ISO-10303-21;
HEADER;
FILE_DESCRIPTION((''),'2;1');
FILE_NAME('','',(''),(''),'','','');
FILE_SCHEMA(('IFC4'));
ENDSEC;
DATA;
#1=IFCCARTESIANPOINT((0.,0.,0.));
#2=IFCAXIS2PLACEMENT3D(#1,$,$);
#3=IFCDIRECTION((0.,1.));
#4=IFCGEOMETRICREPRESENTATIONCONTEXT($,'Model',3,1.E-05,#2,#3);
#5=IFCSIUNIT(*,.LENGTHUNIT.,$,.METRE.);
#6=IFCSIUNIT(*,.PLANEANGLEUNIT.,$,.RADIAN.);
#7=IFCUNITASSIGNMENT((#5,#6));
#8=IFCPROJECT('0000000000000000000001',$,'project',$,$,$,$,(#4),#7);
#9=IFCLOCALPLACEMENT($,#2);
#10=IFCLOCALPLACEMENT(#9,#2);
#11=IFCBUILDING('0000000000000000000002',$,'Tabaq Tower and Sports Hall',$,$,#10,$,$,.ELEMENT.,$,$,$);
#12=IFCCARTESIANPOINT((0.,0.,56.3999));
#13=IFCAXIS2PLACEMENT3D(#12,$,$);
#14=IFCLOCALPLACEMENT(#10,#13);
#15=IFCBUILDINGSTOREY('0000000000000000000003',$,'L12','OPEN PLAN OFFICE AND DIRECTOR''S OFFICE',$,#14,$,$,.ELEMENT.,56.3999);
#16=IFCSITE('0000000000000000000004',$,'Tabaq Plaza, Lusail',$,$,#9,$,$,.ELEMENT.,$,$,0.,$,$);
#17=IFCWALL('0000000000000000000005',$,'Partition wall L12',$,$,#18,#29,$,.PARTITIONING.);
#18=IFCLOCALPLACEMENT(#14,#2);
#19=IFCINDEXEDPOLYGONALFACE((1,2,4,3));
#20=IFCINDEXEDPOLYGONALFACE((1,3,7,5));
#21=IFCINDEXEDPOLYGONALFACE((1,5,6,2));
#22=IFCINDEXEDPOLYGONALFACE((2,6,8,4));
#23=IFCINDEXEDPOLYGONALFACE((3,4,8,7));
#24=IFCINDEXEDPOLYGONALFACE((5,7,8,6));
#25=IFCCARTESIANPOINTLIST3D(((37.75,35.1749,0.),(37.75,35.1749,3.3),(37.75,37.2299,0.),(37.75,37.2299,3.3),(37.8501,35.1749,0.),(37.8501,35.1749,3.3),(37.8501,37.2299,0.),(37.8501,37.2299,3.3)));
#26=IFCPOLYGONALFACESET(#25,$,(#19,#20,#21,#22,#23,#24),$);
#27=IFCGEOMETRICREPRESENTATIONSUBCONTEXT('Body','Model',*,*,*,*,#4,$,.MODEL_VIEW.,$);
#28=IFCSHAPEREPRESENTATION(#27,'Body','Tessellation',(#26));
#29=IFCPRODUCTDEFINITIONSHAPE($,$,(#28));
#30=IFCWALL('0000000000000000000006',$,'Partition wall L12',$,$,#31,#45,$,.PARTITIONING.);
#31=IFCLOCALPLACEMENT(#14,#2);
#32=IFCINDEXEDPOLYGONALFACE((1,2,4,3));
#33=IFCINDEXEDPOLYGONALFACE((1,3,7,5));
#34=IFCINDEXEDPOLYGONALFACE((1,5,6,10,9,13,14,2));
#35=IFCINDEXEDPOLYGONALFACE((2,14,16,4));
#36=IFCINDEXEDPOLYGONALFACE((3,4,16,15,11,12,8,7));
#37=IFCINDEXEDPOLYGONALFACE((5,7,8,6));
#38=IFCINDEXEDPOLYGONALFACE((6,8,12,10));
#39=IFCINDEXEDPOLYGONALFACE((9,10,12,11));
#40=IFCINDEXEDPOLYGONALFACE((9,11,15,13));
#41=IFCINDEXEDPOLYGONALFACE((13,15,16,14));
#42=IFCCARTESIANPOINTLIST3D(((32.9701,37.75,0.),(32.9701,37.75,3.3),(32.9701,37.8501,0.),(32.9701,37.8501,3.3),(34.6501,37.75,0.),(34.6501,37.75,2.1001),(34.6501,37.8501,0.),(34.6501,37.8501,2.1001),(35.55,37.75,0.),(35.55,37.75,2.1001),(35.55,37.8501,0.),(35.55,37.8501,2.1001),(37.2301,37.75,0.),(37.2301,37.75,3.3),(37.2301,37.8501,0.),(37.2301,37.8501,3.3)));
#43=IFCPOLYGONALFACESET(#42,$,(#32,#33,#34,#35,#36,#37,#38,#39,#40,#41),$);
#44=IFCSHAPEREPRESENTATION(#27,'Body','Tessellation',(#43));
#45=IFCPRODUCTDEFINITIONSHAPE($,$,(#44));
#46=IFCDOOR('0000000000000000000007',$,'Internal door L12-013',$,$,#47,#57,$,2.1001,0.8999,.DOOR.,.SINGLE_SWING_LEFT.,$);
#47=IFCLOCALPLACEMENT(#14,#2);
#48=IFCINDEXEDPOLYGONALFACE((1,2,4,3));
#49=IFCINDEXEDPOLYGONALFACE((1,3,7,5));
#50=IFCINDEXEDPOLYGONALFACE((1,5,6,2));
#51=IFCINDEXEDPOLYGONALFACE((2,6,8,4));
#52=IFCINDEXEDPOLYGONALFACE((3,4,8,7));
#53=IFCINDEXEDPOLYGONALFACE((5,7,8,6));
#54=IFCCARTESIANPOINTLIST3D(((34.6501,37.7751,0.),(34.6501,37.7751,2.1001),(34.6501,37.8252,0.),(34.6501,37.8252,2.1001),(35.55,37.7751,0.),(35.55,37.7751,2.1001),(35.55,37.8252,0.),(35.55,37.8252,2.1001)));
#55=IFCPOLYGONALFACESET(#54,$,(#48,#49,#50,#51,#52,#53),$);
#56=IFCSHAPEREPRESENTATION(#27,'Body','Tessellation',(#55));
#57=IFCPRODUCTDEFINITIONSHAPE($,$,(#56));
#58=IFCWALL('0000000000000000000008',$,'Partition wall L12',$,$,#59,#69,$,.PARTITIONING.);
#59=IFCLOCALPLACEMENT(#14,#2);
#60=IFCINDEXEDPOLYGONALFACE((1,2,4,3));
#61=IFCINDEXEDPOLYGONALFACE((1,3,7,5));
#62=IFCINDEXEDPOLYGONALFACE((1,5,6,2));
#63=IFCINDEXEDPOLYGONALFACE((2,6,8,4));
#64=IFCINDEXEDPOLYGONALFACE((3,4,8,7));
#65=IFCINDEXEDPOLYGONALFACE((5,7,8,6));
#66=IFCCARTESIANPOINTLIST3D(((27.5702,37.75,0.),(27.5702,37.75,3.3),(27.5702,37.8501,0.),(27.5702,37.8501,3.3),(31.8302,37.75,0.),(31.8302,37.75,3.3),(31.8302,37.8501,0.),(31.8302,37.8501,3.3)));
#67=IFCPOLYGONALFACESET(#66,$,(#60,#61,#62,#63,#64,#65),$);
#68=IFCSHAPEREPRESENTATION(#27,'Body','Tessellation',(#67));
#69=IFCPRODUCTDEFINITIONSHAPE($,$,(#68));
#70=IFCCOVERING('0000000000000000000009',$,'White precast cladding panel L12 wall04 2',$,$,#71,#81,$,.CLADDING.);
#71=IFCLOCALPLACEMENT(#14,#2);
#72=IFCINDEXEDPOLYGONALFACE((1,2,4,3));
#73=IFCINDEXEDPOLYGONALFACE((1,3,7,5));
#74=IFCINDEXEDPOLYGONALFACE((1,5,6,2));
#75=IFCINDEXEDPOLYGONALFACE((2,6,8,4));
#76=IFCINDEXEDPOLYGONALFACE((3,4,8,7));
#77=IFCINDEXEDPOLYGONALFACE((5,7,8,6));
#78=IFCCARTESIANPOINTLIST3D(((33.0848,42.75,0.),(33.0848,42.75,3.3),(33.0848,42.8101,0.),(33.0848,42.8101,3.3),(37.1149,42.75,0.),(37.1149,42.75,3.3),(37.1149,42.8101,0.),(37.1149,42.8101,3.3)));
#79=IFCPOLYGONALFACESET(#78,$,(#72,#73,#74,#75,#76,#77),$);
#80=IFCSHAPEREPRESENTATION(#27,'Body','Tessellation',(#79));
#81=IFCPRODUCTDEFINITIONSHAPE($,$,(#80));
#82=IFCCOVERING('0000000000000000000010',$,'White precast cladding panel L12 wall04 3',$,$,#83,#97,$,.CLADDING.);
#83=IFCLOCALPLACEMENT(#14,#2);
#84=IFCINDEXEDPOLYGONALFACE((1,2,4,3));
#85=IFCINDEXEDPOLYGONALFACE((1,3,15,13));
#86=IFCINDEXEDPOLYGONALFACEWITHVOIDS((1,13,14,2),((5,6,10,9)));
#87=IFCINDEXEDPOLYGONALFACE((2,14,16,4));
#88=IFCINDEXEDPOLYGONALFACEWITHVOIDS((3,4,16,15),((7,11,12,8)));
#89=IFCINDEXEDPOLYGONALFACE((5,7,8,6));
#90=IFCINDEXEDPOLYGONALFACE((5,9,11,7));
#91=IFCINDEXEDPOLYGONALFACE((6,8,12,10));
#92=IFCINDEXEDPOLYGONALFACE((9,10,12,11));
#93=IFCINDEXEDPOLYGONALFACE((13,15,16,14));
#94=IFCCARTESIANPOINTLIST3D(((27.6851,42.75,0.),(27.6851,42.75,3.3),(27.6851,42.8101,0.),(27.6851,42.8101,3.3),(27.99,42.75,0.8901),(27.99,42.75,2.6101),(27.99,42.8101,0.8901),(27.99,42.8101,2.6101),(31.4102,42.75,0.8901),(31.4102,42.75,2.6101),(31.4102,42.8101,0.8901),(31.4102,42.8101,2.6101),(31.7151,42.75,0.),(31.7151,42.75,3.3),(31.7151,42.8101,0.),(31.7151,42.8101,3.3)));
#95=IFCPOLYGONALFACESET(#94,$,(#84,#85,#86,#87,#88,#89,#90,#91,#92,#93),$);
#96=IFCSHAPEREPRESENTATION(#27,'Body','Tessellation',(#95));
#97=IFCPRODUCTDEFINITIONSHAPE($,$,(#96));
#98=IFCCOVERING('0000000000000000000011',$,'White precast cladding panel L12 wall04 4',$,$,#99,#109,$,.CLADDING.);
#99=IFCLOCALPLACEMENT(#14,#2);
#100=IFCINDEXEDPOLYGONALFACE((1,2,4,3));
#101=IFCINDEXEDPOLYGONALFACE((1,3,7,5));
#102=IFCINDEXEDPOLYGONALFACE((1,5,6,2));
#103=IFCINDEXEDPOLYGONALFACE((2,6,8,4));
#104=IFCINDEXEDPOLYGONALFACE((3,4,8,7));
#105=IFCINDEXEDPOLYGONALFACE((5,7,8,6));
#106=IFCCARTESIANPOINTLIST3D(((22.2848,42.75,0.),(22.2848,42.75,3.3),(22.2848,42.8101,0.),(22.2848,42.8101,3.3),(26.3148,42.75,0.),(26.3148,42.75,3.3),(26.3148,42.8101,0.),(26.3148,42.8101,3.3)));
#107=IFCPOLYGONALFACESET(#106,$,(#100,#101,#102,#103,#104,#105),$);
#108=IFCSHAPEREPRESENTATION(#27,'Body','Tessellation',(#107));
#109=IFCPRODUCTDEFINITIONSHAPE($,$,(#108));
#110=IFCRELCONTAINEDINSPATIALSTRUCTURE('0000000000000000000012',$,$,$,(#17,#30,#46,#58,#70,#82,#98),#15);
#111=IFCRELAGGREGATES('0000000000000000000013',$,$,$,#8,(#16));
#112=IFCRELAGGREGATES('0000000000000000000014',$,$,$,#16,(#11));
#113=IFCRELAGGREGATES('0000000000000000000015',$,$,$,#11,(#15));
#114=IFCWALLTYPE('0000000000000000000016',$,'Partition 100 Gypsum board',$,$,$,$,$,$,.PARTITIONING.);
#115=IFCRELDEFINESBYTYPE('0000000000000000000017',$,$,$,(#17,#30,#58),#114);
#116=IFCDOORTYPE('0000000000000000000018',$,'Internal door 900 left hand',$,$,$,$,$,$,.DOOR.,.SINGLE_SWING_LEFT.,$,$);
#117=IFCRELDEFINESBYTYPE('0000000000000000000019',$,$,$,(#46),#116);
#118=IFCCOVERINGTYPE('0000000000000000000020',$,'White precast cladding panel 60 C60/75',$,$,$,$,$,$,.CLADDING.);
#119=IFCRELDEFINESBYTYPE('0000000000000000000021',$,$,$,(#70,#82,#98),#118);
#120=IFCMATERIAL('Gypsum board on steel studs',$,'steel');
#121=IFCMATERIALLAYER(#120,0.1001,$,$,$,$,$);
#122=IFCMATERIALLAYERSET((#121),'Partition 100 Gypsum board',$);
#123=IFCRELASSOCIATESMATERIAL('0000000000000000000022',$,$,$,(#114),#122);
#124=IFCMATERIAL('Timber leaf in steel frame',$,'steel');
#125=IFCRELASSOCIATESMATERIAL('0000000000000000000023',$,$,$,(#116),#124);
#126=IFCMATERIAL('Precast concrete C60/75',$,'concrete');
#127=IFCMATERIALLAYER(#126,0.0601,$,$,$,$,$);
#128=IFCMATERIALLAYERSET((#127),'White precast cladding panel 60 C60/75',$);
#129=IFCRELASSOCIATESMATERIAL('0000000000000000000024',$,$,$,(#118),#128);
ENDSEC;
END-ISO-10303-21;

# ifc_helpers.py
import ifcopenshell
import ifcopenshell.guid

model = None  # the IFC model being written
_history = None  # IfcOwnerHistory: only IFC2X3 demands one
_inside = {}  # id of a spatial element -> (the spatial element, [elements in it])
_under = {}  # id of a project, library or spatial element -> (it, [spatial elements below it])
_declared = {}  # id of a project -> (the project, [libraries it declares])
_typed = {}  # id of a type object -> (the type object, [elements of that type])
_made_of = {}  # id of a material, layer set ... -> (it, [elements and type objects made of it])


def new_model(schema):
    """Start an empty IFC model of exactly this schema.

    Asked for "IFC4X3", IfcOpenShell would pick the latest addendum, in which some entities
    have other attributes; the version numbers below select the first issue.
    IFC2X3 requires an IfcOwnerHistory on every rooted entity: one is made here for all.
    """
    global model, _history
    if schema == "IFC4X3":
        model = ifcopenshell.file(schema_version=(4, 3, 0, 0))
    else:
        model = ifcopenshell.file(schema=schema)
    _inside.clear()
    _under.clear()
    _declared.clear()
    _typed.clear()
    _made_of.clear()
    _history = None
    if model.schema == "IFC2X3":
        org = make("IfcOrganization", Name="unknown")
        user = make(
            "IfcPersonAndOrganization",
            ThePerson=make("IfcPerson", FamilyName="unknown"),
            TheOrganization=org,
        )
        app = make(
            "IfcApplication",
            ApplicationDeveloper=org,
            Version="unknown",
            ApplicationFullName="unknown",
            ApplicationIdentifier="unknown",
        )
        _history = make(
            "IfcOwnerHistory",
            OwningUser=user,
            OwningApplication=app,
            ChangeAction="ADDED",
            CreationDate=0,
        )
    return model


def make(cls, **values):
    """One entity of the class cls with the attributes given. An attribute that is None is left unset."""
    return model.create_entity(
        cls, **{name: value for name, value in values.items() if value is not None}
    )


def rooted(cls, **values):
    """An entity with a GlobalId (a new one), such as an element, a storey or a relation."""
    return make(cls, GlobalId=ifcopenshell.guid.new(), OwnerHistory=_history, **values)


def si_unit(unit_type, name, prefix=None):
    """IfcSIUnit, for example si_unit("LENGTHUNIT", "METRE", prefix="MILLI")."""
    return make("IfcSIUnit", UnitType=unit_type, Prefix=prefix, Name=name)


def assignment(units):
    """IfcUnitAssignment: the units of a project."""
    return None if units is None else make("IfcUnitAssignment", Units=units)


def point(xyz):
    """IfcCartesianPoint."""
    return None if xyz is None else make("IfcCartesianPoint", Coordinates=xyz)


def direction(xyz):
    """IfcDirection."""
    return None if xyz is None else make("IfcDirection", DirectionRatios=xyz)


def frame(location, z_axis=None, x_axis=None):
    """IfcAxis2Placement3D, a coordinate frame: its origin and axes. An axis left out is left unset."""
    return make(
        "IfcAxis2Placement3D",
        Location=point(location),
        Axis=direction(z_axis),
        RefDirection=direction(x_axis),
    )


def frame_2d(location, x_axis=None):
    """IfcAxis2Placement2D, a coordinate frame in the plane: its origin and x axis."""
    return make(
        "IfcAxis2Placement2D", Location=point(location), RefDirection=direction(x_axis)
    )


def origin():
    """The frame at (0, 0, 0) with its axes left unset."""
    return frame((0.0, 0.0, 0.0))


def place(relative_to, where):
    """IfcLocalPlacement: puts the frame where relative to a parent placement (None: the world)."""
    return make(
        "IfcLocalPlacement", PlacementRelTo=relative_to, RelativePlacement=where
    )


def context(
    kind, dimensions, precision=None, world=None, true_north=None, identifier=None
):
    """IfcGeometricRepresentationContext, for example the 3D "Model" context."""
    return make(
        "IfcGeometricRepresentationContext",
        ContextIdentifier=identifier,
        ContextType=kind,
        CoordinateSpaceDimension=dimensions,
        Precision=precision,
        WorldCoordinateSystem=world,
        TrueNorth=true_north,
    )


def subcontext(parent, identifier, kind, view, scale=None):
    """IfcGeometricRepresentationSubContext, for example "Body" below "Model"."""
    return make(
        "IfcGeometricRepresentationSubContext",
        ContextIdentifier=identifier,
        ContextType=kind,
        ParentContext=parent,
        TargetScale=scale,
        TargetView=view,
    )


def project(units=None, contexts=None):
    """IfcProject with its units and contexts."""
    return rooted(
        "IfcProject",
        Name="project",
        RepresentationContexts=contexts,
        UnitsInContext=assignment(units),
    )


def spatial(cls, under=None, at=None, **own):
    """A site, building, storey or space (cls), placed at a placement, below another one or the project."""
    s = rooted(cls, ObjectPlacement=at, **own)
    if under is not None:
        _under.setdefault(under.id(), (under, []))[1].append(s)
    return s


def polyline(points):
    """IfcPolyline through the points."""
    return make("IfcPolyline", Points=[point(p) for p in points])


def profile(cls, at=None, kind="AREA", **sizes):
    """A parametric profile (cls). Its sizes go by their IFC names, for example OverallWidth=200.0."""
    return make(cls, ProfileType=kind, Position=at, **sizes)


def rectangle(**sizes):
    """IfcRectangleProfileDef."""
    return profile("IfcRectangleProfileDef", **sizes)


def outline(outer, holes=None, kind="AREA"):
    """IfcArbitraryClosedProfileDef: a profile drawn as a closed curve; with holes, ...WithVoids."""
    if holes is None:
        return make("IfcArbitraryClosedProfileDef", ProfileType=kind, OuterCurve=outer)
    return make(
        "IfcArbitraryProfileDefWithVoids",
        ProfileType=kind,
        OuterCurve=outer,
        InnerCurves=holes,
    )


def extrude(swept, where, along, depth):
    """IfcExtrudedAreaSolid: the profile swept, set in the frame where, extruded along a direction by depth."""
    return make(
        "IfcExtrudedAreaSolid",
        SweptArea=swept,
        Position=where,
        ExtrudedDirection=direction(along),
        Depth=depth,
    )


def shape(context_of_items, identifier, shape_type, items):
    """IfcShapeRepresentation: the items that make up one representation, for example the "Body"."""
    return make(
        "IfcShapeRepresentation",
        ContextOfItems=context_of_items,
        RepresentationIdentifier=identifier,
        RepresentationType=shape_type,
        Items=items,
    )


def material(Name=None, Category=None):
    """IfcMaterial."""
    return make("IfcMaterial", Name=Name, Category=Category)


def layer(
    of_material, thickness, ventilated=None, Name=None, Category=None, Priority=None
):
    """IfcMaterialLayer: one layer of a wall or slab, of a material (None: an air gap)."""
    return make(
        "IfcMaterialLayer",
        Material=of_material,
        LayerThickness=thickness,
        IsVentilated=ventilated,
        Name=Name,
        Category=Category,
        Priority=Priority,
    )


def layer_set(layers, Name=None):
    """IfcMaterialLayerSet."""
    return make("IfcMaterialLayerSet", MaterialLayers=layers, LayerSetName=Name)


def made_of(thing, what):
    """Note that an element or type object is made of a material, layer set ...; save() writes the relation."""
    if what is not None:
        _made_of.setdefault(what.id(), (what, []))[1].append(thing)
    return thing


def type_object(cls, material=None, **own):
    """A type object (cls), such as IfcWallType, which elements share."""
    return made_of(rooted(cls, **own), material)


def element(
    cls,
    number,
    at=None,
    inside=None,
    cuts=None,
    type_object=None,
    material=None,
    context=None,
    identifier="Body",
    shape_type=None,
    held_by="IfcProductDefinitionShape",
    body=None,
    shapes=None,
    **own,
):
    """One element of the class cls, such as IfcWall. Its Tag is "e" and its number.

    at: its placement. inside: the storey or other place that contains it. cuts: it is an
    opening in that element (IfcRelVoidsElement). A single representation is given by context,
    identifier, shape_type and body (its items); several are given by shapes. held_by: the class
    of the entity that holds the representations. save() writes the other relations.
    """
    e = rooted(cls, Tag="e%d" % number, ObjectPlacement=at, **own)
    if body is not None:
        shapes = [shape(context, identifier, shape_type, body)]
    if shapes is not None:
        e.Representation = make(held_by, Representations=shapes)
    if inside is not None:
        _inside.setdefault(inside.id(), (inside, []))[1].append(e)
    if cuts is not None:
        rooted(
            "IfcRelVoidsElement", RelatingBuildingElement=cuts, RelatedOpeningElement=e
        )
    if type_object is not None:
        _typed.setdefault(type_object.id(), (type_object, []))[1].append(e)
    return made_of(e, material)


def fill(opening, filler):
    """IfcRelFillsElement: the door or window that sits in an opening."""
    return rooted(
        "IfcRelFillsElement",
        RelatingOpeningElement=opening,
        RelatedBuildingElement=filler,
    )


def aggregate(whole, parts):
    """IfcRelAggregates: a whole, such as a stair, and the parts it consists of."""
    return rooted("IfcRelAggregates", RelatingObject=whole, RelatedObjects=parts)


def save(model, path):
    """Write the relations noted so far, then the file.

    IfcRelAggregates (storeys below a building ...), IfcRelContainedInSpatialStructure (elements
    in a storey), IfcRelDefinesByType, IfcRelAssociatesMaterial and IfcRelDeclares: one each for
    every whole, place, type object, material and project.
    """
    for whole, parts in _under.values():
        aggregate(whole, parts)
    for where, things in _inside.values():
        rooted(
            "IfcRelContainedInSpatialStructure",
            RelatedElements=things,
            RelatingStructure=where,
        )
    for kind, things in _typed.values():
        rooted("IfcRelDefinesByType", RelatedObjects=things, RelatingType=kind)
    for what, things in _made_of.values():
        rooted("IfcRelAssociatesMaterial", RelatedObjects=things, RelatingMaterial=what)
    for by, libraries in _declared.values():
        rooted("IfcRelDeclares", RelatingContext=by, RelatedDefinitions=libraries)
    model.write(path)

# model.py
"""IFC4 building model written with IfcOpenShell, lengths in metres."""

from ifc_helpers import new_model, si_unit, direction, frame, frame_2d, origin, place, context, subcontext, project, spatial, polyline, rectangle, outline, extrude, material, layer, layer_set, type_object, element, fill, save


model = new_model("IFC4")

# Units and contexts
model_context = context("Model", 3, precision=1e-05, world=origin(), true_north=direction((0.0, 1.0)))
body_context = subcontext(model_context, "Body", "Model", "MODEL_VIEW")
ifc_project = project(units=[si_unit("LENGTHUNIT", "METRE"), si_unit("PLANEANGLEUNIT", "RADIAN")], contexts=[model_context])

# Site, building, storey
site_placement = place(None, origin())
site = spatial("IfcSite", under=ifc_project, at=site_placement, Name="Tabaq Plaza, Lusail", CompositionType="ELEMENT", RefElevation=0.0)
building_placement = place(site_placement, origin())
building = spatial("IfcBuilding", under=site, at=building_placement, Name="Tabaq Tower and Sports Hall", CompositionType="ELEMENT")
storey_placement = place(building_placement, frame((0.0, 0.0, 56.3999)))
storey = spatial("IfcBuildingStorey", under=building, at=storey_placement, Name="L12", Description="OPEN PLAN OFFICE AND DIRECTOR'S OFFICE", CompositionType="ELEMENT", Elevation=56.3999)

# Shared definitions
ifc_material_1 = material(Name="Gypsum board on steel studs", Category="steel")
ifc_layer_1 = layer(ifc_material_1, 0.1001)
ifc_layer_set_1 = layer_set([ifc_layer_1], Name="Partition 100 Gypsum board")
wall_type = type_object("IfcWallType", Name="Partition 100 Gypsum board", PredefinedType="PARTITIONING", material=ifc_layer_set_1)

# Wall
wall_1_placement = place(storey_placement, frame((37.8, 35.175, 0.0), z_axis=(0.0, 0.0, 1.0), x_axis=(0.0, 1.0, 0.0)))
element("IfcWall", 1, at=wall_1_placement, inside=storey, type_object=wall_type, Name="Partition wall L12", PredefinedType="PARTITIONING", context=body_context, shape_type="SweptSolid", body=[
    extrude(rectangle(XDim=2.0549, YDim=0.1001, at=frame_2d((1.0273, 0.0))), origin(), (0.0, 0.0, 1.0), 3.3),
])

# Wall, opening, door
wall_2_placement = place(storey_placement, frame((37.23, 37.8, 0.0), z_axis=(0.0, 0.0, 1.0), x_axis=(-1.0, 0.0, 0.0)))
wall_2 = element("IfcWall", 2, at=wall_2_placement, inside=storey, type_object=wall_type, Name="Partition wall L12", PredefinedType="PARTITIONING", context=body_context, shape_type="SweptSolid", body=[
    extrude(rectangle(XDim=4.26, YDim=0.1001, at=frame_2d((2.1299, 0.0))), origin(), (0.0, 0.0, 1.0), 3.3),
])
opening_1_placement = place(wall_2_placement, frame((1.6799, 0.0, 0.0)))
opening_1 = element("IfcOpeningElement", 3, at=opening_1_placement, cuts=wall_2, PredefinedType="OPENING", context=body_context, shape_type="SweptSolid", body=[
    extrude(rectangle(XDim=0.8999, YDim=2.1001, at=frame_2d((0.45, 1.05))), frame((0.0, 0.05, 0.0), z_axis=(0.0, -1.0, 0.0), x_axis=(1.0, 0.0, 0.0)), (0.0, 0.0, 1.0), 0.1001),
])
ifc_material_2 = material(Name="Timber leaf in steel frame", Category="steel")
door_type_1 = type_object("IfcDoorType", Name="Internal door 900 left hand", OperationType="SINGLE_SWING_LEFT", PredefinedType="DOOR", material=ifc_material_2)
door_1_placement = place(opening_1_placement, origin())
door_1 = element("IfcDoor", 4, at=door_1_placement, inside=storey, type_object=door_type_1, Name="Internal door L12-013", OperationType="SINGLE_SWING_LEFT", OverallHeight=2.1001, OverallWidth=0.8999, PredefinedType="DOOR", context=body_context, shape_type="SweptSolid", body=[
    extrude(rectangle(XDim=0.8999, YDim=2.1001, at=frame_2d((0.45, 1.05))), frame((0.0, 0.0249, 0.0), z_axis=(0.0, -1.0, 0.0), x_axis=(1.0, 0.0, 0.0)), (0.0, 0.0, 1.0), 0.05),
])
fill(opening_1, door_1)

# Wall
wall_3_placement = place(storey_placement, frame((31.8301, 37.8, 0.0), z_axis=(0.0, 0.0, 1.0), x_axis=(-1.0, 0.0, 0.0)))
element("IfcWall", 5, at=wall_3_placement, inside=storey, type_object=wall_type, Name="Partition wall L12", PredefinedType="PARTITIONING", context=body_context, shape_type="SweptSolid", body=[
    extrude(rectangle(XDim=4.26, YDim=0.1001, at=frame_2d((2.1299, 0.0))), origin(), (0.0, 0.0, 1.0), 3.3),
])

# Coverings
ifc_material_3 = material(Name="Precast concrete C60/75", Category="concrete")
ifc_layer_2 = layer(ifc_material_3, 0.0601)
ifc_layer_set_2 = layer_set([ifc_layer_2], Name="White precast cladding panel 60 C60/75")
covering_type = type_object("IfcCoveringType", Name="White precast cladding panel 60 C60/75", PredefinedType="CLADDING", material=ifc_layer_set_2)
covering_1_placement = place(storey_placement, frame((37.115, 42.78, 0.0), z_axis=(0.0, 0.0, 1.0), x_axis=(-1.0, 0.0, 0.0)))
element("IfcCovering", 6, at=covering_1_placement, inside=storey, type_object=covering_type, Name="White precast cladding panel L12 wall04 2", PredefinedType="CLADDING", context=body_context, shape_type="SweptSolid", body=[
    extrude(rectangle(XDim=4.03, YDim=0.0601, at=frame_2d((2.0151, 0.0))), origin(), (0.0, 0.0, 1.0), 3.3),
])
covering_2_placement = place(storey_placement, frame((31.7151, 42.78, 0.0), z_axis=(0.0, 0.0, 1.0), x_axis=(-1.0, 0.0, 0.0)))
element("IfcCovering", 7, at=covering_2_placement, inside=storey, type_object=covering_type, Name="White precast cladding panel L12 wall04 3", PredefinedType="CLADDING", context=body_context, shape_type="SweptSolid", body=[
    extrude(outline(polyline([(0.0, 0.0), (4.03, 0.0), (4.03, 3.3), (0.0, 3.3), (0.0, 0.0)]), holes=[polyline([(0.3049, 0.8901), (0.3049, 2.6101), (3.7251, 2.6101), (3.7251, 0.8901), (0.3049, 0.8901)])]), frame((0.0, 0.03, 0.0), z_axis=(0.0, -1.0, 0.0), x_axis=(1.0, 0.0, 0.0)), (0.0, 0.0, 1.0), 0.0601),
])
covering_3_placement = place(storey_placement, frame((26.3149, 42.78, 0.0), z_axis=(0.0, 0.0, 1.0), x_axis=(-1.0, 0.0, 0.0)))
element("IfcCovering", 8, at=covering_3_placement, inside=storey, type_object=covering_type, Name="White precast cladding panel L12 wall04 4", PredefinedType="CLADDING", context=body_context, shape_type="SweptSolid", body=[
    extrude(rectangle(XDim=4.03, YDim=0.0601, at=frame_2d((2.0151, 0.0))), origin(), (0.0, 0.0, 1.0), 3.3),
])

save(model, "model.ifc")
